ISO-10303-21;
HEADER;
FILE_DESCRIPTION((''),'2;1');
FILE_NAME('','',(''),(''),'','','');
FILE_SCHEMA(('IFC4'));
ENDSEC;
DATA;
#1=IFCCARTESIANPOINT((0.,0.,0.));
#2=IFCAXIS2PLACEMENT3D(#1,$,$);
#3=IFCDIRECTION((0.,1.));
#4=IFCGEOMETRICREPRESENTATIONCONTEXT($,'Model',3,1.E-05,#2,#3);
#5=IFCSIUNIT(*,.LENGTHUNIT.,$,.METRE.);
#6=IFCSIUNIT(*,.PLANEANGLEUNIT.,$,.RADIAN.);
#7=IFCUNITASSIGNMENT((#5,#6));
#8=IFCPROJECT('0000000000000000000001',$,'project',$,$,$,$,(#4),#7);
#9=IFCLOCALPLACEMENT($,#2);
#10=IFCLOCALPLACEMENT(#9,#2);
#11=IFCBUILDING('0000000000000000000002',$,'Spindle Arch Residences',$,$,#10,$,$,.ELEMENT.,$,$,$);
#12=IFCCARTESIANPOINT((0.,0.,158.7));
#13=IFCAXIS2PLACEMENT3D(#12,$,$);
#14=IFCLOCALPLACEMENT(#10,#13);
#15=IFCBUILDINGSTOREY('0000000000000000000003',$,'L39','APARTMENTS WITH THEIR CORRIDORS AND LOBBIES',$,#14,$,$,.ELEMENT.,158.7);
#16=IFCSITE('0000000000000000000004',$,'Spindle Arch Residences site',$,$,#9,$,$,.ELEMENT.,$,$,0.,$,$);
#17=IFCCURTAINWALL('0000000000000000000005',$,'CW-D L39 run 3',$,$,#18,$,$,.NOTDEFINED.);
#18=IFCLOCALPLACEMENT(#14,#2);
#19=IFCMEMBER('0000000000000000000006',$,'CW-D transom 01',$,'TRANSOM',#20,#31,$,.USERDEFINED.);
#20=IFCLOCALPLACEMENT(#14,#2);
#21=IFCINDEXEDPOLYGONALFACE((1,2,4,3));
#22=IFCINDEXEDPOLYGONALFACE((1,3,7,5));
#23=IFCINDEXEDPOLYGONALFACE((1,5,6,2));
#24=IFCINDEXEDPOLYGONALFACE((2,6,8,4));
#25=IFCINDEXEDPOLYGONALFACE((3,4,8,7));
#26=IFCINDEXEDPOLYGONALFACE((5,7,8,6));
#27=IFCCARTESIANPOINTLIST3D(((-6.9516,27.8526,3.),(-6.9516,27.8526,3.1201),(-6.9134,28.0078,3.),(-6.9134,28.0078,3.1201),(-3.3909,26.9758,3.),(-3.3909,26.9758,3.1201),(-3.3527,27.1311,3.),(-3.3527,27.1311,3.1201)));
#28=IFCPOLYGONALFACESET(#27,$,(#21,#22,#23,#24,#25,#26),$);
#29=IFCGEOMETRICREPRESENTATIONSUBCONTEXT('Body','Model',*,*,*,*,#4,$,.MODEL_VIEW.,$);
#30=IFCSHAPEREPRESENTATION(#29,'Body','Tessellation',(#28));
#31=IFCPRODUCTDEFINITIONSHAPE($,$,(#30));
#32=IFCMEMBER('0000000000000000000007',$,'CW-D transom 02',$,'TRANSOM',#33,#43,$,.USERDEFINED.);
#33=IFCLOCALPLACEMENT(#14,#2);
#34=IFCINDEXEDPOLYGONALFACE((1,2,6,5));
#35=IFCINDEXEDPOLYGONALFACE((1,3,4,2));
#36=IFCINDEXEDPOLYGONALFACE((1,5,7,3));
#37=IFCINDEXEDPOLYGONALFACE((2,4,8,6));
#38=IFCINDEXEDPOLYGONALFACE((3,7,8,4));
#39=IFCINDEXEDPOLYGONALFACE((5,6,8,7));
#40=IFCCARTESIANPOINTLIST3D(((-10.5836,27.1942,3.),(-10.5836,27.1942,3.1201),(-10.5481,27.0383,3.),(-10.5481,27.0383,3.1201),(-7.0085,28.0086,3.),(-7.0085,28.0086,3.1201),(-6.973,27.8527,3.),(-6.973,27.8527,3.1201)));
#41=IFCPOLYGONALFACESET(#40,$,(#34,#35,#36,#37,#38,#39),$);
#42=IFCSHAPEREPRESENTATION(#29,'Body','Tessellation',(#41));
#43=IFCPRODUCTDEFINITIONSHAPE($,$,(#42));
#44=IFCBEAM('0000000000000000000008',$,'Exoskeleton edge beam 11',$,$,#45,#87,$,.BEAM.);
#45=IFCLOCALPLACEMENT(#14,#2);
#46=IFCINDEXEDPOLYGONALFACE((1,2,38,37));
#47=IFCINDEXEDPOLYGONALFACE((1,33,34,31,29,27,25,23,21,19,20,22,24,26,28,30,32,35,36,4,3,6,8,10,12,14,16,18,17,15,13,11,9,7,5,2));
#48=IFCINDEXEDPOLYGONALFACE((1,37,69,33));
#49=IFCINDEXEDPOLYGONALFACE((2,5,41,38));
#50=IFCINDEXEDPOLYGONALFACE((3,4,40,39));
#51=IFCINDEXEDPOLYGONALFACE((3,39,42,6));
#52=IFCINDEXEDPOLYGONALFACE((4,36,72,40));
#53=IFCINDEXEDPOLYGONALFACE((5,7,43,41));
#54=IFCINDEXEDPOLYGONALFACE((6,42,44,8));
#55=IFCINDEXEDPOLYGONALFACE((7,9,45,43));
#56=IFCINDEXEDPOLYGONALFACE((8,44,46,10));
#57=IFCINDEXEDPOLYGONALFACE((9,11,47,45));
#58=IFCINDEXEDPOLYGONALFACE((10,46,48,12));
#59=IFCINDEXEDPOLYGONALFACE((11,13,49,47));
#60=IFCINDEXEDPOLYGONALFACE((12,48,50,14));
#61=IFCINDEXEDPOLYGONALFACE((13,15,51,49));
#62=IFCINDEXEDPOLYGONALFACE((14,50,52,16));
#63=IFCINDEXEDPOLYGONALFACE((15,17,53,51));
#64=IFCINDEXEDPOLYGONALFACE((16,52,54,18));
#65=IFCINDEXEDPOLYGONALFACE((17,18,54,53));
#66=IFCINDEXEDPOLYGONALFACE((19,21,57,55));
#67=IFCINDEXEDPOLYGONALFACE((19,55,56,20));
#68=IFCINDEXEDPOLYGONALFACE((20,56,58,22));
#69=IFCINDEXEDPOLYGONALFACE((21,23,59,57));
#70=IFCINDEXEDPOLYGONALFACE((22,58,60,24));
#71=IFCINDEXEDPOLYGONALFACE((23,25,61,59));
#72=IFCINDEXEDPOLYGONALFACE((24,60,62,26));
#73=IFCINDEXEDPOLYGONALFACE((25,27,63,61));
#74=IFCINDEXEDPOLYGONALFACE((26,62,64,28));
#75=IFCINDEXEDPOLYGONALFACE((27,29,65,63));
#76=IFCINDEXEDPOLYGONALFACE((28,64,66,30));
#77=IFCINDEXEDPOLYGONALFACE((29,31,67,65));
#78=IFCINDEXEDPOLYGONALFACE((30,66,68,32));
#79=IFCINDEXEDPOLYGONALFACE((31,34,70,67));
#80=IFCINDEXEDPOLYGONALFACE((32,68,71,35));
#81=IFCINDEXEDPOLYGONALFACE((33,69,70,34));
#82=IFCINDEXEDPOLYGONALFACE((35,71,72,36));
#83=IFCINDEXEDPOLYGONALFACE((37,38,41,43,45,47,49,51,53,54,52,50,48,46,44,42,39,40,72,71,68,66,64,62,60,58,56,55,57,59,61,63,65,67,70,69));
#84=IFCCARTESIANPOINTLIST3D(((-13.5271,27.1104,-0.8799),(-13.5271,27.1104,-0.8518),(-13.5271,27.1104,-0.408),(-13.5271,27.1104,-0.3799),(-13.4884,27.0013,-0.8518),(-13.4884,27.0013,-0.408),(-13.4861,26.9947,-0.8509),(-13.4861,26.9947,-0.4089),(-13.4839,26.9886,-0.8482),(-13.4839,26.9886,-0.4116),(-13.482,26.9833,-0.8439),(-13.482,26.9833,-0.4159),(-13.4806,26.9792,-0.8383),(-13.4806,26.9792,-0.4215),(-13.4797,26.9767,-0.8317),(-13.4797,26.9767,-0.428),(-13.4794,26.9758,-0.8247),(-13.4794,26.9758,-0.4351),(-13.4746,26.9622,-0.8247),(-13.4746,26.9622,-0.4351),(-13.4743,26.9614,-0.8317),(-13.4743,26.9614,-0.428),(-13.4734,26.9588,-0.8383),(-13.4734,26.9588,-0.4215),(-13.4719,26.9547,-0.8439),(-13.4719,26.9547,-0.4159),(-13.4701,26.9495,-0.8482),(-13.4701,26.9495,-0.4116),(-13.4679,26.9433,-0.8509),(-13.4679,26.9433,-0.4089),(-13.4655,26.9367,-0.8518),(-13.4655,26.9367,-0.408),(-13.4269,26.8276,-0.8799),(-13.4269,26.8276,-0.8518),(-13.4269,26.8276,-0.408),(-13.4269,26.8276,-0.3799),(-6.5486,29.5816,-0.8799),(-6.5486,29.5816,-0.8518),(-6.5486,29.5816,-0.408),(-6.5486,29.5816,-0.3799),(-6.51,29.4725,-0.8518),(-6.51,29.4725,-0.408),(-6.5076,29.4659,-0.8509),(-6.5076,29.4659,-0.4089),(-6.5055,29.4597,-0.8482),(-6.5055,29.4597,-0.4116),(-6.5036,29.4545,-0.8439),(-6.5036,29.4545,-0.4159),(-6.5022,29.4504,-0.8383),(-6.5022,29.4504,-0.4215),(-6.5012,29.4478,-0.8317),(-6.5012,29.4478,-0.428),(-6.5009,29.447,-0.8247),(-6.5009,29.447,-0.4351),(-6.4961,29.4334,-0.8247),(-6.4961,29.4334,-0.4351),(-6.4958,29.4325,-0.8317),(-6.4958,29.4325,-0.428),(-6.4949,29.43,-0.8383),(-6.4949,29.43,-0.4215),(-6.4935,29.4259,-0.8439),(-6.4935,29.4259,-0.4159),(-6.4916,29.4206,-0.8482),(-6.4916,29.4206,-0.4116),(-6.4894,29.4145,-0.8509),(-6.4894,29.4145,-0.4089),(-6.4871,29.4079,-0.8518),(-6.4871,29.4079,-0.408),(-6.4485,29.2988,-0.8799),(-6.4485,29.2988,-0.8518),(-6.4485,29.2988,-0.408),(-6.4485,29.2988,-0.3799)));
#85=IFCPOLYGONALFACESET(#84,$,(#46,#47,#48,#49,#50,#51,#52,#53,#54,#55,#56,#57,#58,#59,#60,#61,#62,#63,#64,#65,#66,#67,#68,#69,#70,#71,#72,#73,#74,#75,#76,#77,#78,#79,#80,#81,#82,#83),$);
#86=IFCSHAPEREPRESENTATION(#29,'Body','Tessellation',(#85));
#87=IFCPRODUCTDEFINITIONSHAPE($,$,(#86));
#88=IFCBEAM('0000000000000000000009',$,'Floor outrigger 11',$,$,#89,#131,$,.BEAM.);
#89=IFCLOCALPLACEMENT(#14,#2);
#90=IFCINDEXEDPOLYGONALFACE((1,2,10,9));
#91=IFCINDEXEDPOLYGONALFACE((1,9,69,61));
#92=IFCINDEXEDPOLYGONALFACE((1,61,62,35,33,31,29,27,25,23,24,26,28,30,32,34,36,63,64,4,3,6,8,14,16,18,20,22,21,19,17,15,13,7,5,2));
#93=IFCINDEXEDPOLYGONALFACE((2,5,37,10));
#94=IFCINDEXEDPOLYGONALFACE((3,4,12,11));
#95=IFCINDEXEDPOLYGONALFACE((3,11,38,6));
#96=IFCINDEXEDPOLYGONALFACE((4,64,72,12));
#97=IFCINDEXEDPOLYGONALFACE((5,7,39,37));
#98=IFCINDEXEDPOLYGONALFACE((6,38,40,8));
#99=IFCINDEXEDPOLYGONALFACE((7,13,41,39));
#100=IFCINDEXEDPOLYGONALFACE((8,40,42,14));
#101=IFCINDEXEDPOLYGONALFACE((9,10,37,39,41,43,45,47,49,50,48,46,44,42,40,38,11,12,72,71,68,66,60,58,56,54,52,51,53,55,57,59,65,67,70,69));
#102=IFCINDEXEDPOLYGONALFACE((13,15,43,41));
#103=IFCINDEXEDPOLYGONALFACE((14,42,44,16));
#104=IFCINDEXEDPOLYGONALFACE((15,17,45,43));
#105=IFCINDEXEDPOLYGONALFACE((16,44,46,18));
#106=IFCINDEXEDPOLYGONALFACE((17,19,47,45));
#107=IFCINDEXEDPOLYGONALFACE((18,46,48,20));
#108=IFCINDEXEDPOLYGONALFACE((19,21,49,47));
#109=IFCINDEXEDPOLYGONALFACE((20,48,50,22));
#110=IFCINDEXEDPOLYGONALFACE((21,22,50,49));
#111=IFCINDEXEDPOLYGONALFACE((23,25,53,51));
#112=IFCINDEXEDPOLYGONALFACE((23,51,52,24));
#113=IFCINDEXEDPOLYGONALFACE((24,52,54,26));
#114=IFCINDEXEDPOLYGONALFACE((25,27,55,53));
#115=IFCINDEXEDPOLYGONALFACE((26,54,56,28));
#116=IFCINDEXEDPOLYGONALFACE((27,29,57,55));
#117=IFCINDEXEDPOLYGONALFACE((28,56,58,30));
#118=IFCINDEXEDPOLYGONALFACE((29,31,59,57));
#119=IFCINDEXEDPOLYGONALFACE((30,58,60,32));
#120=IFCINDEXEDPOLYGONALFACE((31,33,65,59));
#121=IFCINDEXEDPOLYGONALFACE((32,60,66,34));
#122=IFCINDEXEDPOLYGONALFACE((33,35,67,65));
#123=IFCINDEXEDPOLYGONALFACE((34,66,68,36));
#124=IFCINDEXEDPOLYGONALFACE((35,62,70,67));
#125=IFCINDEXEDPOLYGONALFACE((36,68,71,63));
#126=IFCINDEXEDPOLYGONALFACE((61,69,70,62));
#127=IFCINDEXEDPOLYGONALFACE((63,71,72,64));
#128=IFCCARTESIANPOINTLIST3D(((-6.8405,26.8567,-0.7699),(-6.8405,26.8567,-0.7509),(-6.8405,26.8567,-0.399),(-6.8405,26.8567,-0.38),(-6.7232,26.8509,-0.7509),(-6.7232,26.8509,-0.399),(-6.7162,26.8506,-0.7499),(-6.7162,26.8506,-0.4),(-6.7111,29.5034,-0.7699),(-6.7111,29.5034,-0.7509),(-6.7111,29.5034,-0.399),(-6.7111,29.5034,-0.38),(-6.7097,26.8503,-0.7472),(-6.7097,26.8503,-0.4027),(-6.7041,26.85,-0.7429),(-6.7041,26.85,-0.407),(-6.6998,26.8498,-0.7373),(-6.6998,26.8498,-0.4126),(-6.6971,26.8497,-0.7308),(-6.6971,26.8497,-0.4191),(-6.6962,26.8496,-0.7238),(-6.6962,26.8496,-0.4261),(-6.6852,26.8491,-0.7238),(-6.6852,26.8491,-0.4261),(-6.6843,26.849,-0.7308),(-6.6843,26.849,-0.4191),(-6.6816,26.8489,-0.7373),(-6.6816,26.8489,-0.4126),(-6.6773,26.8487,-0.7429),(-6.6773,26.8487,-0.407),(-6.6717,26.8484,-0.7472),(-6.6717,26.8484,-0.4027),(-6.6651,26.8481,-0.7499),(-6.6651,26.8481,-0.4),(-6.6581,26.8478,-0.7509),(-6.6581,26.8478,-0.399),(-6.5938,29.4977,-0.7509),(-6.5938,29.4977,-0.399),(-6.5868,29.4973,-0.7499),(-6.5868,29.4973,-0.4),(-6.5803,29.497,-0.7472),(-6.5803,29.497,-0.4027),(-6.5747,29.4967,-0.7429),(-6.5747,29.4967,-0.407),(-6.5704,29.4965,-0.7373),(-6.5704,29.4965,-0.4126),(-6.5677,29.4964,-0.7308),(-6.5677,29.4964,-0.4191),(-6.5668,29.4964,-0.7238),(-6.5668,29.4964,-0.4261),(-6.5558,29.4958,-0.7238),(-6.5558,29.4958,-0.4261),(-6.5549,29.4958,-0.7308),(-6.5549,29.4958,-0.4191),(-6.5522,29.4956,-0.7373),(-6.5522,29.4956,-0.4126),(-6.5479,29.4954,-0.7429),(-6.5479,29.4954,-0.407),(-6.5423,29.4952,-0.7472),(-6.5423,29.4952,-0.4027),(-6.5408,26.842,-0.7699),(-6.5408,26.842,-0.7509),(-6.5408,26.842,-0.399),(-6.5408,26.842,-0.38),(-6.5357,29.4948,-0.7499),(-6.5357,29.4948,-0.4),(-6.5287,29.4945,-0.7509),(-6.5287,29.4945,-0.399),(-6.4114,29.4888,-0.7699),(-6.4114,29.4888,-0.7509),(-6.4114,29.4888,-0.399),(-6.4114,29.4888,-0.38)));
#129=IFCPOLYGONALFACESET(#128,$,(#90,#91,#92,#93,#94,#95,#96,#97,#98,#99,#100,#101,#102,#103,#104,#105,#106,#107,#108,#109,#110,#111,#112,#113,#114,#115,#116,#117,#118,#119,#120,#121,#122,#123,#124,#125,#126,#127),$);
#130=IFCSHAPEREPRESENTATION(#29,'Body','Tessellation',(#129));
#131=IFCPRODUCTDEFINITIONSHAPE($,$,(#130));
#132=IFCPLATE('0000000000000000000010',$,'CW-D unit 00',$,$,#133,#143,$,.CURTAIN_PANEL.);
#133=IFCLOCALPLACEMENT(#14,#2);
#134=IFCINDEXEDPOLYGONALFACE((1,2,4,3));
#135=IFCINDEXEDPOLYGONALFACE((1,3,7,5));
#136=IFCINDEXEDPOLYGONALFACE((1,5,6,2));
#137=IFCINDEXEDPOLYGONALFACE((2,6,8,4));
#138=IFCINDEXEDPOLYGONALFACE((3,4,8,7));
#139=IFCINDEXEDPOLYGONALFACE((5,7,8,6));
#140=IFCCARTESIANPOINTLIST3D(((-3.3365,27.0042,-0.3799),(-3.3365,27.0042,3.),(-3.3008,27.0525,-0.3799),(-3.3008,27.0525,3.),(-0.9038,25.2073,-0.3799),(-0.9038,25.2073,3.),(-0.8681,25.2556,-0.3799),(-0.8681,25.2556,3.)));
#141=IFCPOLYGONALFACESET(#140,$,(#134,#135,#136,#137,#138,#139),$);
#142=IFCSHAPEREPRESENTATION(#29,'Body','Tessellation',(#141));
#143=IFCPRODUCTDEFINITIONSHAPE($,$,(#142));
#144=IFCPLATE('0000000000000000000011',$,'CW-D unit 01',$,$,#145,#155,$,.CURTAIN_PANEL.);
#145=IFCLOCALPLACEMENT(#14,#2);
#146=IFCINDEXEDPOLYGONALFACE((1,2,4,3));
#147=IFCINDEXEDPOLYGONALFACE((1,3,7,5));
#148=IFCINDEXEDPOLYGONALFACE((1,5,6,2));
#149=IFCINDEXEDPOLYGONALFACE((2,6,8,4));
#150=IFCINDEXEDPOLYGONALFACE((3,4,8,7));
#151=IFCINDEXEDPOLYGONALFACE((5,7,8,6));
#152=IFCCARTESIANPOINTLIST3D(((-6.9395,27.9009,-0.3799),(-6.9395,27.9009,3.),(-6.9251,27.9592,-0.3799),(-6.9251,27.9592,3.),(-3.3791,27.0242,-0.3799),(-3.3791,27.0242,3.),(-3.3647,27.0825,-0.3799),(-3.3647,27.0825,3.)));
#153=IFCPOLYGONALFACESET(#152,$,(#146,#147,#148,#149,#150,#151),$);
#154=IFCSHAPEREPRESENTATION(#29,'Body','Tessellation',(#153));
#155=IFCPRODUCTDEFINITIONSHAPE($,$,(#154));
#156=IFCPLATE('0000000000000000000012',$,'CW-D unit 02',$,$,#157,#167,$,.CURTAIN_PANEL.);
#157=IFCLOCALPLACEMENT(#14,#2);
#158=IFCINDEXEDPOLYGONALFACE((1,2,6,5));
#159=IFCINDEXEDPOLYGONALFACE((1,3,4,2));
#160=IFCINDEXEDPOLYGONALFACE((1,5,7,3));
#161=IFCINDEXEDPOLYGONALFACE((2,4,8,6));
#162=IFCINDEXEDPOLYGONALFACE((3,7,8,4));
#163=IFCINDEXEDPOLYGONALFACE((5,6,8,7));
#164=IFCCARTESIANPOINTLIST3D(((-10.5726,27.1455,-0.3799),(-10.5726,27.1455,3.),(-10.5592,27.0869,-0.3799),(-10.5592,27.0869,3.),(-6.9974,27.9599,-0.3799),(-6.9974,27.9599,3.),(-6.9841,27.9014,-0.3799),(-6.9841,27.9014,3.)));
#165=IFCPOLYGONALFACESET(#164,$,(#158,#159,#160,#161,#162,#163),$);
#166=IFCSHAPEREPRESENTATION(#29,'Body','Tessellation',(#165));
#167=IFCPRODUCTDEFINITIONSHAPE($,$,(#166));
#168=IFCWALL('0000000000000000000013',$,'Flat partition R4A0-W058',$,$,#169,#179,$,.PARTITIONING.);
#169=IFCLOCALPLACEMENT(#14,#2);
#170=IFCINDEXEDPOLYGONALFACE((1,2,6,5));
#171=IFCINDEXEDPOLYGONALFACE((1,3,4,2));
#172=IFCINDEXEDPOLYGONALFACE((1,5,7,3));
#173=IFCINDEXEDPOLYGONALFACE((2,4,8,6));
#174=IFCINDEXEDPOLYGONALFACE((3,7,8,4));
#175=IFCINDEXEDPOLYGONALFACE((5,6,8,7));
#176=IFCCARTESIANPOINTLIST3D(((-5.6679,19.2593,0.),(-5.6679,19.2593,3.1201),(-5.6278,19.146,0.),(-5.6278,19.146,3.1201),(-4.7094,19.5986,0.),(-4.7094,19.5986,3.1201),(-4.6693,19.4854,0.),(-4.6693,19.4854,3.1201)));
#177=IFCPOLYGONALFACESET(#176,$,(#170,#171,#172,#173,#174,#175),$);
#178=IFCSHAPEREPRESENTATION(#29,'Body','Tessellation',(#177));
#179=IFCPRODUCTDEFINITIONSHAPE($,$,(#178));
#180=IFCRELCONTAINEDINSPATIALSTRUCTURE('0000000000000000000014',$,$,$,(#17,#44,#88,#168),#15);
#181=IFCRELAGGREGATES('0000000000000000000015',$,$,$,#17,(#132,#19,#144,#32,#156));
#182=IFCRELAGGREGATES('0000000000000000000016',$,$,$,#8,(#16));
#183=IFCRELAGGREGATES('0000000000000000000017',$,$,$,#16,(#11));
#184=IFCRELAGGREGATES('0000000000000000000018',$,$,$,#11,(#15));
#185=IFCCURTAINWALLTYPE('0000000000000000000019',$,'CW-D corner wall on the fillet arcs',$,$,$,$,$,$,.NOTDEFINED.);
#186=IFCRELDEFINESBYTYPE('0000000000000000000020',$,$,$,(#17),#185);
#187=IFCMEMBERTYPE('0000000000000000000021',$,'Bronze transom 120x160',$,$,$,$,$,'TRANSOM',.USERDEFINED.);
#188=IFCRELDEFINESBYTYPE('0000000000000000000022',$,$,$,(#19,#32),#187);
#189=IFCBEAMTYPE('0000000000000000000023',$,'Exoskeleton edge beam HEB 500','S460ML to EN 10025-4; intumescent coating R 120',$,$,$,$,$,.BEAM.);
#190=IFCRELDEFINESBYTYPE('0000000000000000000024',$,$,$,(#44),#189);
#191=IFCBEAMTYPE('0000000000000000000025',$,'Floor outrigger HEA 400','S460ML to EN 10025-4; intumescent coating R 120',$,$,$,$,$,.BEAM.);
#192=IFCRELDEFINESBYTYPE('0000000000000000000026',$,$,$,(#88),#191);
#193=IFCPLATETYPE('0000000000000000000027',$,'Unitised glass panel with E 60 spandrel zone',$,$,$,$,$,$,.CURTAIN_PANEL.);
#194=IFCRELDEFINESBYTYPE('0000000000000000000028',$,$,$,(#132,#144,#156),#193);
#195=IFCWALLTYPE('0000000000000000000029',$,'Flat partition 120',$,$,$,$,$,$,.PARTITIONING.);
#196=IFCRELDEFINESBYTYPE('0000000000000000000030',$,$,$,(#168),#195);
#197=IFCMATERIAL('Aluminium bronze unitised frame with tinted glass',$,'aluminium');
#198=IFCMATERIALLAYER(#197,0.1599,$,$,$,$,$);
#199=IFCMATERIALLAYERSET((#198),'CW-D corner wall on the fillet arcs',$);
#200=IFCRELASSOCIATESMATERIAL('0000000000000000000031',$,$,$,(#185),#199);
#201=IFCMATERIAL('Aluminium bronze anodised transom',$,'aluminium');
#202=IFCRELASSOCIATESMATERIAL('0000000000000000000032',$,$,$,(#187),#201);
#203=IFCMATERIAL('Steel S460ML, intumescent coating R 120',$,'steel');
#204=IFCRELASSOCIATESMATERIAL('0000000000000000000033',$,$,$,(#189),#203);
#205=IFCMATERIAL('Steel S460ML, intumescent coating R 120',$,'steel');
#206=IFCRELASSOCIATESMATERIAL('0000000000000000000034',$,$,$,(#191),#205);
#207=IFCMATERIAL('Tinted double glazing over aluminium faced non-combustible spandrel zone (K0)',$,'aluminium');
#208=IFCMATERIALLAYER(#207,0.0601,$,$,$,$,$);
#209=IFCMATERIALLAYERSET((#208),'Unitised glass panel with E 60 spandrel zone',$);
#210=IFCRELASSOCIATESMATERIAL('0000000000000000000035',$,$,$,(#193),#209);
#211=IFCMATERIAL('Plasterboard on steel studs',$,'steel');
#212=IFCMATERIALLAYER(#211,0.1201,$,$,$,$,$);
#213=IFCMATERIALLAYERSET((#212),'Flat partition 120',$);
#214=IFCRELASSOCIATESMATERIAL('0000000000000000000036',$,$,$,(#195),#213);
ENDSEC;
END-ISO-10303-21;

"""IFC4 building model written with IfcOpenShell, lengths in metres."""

from ifc_helpers import new_model, si_unit, direction, frame, frame_2d, origin, origin_2d, place, context, subcontext, project, spatial, rectangle, i_section, extrude, material, layer, layer_set, material_profile, profile_set, type_object, element, aggregate, save


model = new_model("IFC4")

# Units and contexts
model_context = context("Model", 3, precision=1e-05, world=origin(), true_north=direction((0.0, 1.0)))
body_context = subcontext(model_context, "Body", "Model", "MODEL_VIEW")
ifc_project = project(units=[si_unit("LENGTHUNIT", "METRE"), si_unit("PLANEANGLEUNIT", "RADIAN")], contexts=[model_context])

# Site, building, storey
site_placement = place(None, origin())
site = spatial("IfcSite", under=ifc_project, at=site_placement, Name="Spindle Arch Residences site", CompositionType="ELEMENT", RefElevation=0.0)
building_placement = place(site_placement, origin())
building = spatial("IfcBuilding", under=site, at=building_placement, Name="Spindle Arch Residences", CompositionType="ELEMENT")
storey_placement = place(building_placement, frame((0.0, 0.0, 158.7)))
storey = spatial("IfcBuildingStorey", under=building, at=storey_placement, Name="L39", Description="APARTMENTS WITH THEIR CORRIDORS AND LOBBIES", CompositionType="ELEMENT", Elevation=158.7)

# Curtain wall, members
ifc_material_1 = material(Name="Aluminium bronze unitised frame with tinted glass", Category="aluminium")
ifc_layer_1 = layer(ifc_material_1, 0.1599)
ifc_layer_set_1 = layer_set([ifc_layer_1], Name="CW-D corner wall on the fillet arcs")
curtain_wall_type = type_object("IfcCurtainWallType", Name="CW-D corner wall on the fillet arcs", PredefinedType="NOTDEFINED", material=ifc_layer_set_1)
curtain_wall_placement = place(storey_placement, origin())
curtain_wall = element("IfcCurtainWall", 1, at=curtain_wall_placement, inside=storey, type_object=curtain_wall_type, Name="CW-D L39 run 3", PredefinedType="NOTDEFINED")
ifc_material_2 = material(Name="Aluminium bronze anodised transom", Category="aluminium")
ifc_material_profile_1 = material_profile(ifc_material_2, rectangle(XDim=0.1599, YDim=0.1201, at=origin_2d()), Name="TR 120x160")
ifc_profile_set_1 = profile_set([ifc_material_profile_1], Name="Aluminium bronze anodised transom")
member_type_1 = type_object("IfcMemberType", Name="Bronze transom 120x160", ElementType="TRANSOM", PredefinedType="USERDEFINED", material=ifc_profile_set_1)
member_1_placement = place(storey_placement, frame((-3.3718, 27.0535, 3.0601), z_axis=(-0.970998, 0.239088, 0.0), x_axis=(-0.239088, -0.970998, 0.0)))
member_1 = element("IfcMember", 2, at=member_1_placement, type_object=member_type_1, Name="CW-D transom 01", ObjectType="TRANSOM", PredefinedType="USERDEFINED", context=body_context, shape_type="SweptSolid", body=[
    extrude(rectangle(XDim=0.1599, YDim=0.1201, at=origin_2d()), origin(), (0.0, 0.0, 1.0), 3.667),
])
member_2_placement = place(storey_placement, frame((-6.9907, 27.9307, 3.0601), z_axis=(-0.97502, -0.222116, 0.0), x_axis=(0.222116, -0.97502, 0.0)))
member_2 = element("IfcMember", 3, at=member_2_placement, type_object=member_type_1, Name="CW-D transom 02", ObjectType="TRANSOM", PredefinedType="USERDEFINED", context=body_context, shape_type="SweptSolid", body=[
    extrude(rectangle(XDim=0.1599, YDim=0.1201, at=origin_2d()), origin(), (0.0, 0.0, 1.0), 3.6667),
])

# Beams
ifc_material_3 = material(Name="Steel S460ML, intumescent coating R 120", Category="steel")
ifc_material_profile_2 = material_profile(ifc_material_3, i_section(OverallWidth=0.3, OverallDepth=0.5, WebThickness=0.0144, FlangeThickness=0.0281, FilletRadius=0.0271, at=origin_2d()), Name="HEB 500")
ifc_profile_set_2 = profile_set([ifc_material_profile_2], Name="Steel S460ML, intumescent coating R 120")
beam_type_1 = type_object("IfcBeamType", Name="Exoskeleton edge beam HEB 500", Description="S460ML to EN 10025-4; intumescent coating R 120", PredefinedType="BEAM", material=ifc_profile_set_2)
beam_1_placement = place(storey_placement, frame((-6.4985, 29.4402, -0.6299), z_axis=(-0.942643, -0.333803, 0.0), x_axis=(0.333803, -0.942643, 0.0)))
element("IfcBeam", 4, at=beam_1_placement, inside=storey, type_object=beam_type_1, Name="Exoskeleton edge beam 11", PredefinedType="BEAM", context=body_context, shape_type="SweptSolid", body=[
    extrude(i_section(OverallWidth=0.3, OverallDepth=0.5, WebThickness=0.0144, FlangeThickness=0.0281, FilletRadius=0.0271, at=origin_2d()), origin(), (0.0, 0.0, 1.0), 7.4031),
])
ifc_material_4 = material(Name="Steel S460ML, intumescent coating R 120", Category="steel")
ifc_material_profile_3 = material_profile(ifc_material_4, i_section(OverallWidth=0.3, OverallDepth=0.3899, WebThickness=0.011, FlangeThickness=0.019, FilletRadius=0.0271, at=origin_2d()), Name="HEA 400")
ifc_profile_set_3 = profile_set([ifc_material_profile_3], Name="Steel S460ML, intumescent coating R 120")
beam_type_2 = type_object("IfcBeamType", Name="Floor outrigger HEA 400", Description="S460ML to EN 10025-4; intumescent coating R 120", PredefinedType="BEAM", material=ifc_profile_set_3)
beam_2_placement = place(storey_placement, frame((-6.5613, 29.4961, -0.575), z_axis=(-0.04883, -0.998807, 0.0), x_axis=(0.998807, -0.04883, 0.0)))
element("IfcBeam", 5, at=beam_2_placement, inside=storey, type_object=beam_type_2, Name="Floor outrigger 11", PredefinedType="BEAM", context=body_context, shape_type="SweptSolid", body=[
    extrude(i_section(OverallWidth=0.3, OverallDepth=0.3899, WebThickness=0.011, FlangeThickness=0.019, FilletRadius=0.0271, at=origin_2d()), origin(), (0.0, 0.0, 1.0), 2.6499),
])

# Plates
ifc_material_5 = material(Name="Tinted double glazing over aluminium faced non-combustible spandrel zone (K0)", Category="aluminium")
ifc_layer_2 = layer(ifc_material_5, 0.0601)
ifc_layer_set_2 = layer_set([ifc_layer_2], Name="Unitised glass panel with E 60 spandrel zone")
plate_type = type_object("IfcPlateType", Name="Unitised glass panel with E 60 spandrel zone", PredefinedType="CURTAIN_PANEL", material=ifc_layer_set_2)
plate_1_placement = place(storey_placement, frame((-2.1023, 26.1299, -0.3799), z_axis=(0.0, 0.0, 1.0), x_axis=(-0.804366, 0.594134, 0.0)))
plate_1 = element("IfcPlate", 6, at=plate_1_placement, type_object=plate_type, Name="CW-D unit 00", PredefinedType="CURTAIN_PANEL", context=body_context, shape_type="SweptSolid", body=[
    extrude(rectangle(XDim=3.0244, YDim=0.0601, at=origin_2d()), origin(), (0.0, 0.0, 1.0), 3.3799),
])
plate_2_placement = place(storey_placement, frame((-5.1521, 27.4917, -0.3799), z_axis=(0.0, 0.0, 1.0), x_axis=(-0.970995, 0.239098, 0.0)))
plate_2 = element("IfcPlate", 7, at=plate_2_placement, type_object=plate_type, Name="CW-D unit 01", PredefinedType="CURTAIN_PANEL", context=body_context, shape_type="SweptSolid", body=[
    extrude(rectangle(XDim=3.6667, YDim=0.0601, at=origin_2d()), origin(), (0.0, 0.0, 1.0), 3.3799),
])
plate_3_placement = place(storey_placement, frame((-8.7783, 27.5234, -0.3799), z_axis=(0.0, 0.0, 1.0), x_axis=(-0.97502, -0.222116, 0.0)))
plate_3 = element("IfcPlate", 8, at=plate_3_placement, type_object=plate_type, Name="CW-D unit 02", PredefinedType="CURTAIN_PANEL", context=body_context, shape_type="SweptSolid", body=[
    extrude(rectangle(XDim=3.6667, YDim=0.0601, at=origin_2d()), origin(), (0.0, 0.0, 1.0), 3.3799),
])
aggregate(curtain_wall, [plate_1, member_1, plate_2, member_2, plate_3])

# Wall
ifc_material_6 = material(Name="Plasterboard on steel studs", Category="steel")
ifc_layer_3 = layer(ifc_material_6, 0.1201)
ifc_layer_set_3 = layer_set([ifc_layer_3], Name="Flat partition 120")
wall_type_1 = type_object("IfcWallType", Name="Flat partition 120", PredefinedType="PARTITIONING", material=ifc_layer_set_3)
wall_1_placement = place(storey_placement, frame((-4.6895, 19.542, 0.0), z_axis=(0.0, 0.0, 1.0), x_axis=(-0.942662, -0.333749, 0.0)))
element("IfcWall", 9, at=wall_1_placement, inside=storey, type_object=wall_type_1, Name="Flat partition R4A0-W058", PredefinedType="PARTITIONING", context=body_context, shape_type="SweptSolid", body=[
    extrude(rectangle(XDim=1.0168, YDim=0.1201, at=frame_2d((0.5083, 0.0))), origin(), (0.0, 0.0, 1.0), 3.1201),
])

save(model, "model.ifc")
